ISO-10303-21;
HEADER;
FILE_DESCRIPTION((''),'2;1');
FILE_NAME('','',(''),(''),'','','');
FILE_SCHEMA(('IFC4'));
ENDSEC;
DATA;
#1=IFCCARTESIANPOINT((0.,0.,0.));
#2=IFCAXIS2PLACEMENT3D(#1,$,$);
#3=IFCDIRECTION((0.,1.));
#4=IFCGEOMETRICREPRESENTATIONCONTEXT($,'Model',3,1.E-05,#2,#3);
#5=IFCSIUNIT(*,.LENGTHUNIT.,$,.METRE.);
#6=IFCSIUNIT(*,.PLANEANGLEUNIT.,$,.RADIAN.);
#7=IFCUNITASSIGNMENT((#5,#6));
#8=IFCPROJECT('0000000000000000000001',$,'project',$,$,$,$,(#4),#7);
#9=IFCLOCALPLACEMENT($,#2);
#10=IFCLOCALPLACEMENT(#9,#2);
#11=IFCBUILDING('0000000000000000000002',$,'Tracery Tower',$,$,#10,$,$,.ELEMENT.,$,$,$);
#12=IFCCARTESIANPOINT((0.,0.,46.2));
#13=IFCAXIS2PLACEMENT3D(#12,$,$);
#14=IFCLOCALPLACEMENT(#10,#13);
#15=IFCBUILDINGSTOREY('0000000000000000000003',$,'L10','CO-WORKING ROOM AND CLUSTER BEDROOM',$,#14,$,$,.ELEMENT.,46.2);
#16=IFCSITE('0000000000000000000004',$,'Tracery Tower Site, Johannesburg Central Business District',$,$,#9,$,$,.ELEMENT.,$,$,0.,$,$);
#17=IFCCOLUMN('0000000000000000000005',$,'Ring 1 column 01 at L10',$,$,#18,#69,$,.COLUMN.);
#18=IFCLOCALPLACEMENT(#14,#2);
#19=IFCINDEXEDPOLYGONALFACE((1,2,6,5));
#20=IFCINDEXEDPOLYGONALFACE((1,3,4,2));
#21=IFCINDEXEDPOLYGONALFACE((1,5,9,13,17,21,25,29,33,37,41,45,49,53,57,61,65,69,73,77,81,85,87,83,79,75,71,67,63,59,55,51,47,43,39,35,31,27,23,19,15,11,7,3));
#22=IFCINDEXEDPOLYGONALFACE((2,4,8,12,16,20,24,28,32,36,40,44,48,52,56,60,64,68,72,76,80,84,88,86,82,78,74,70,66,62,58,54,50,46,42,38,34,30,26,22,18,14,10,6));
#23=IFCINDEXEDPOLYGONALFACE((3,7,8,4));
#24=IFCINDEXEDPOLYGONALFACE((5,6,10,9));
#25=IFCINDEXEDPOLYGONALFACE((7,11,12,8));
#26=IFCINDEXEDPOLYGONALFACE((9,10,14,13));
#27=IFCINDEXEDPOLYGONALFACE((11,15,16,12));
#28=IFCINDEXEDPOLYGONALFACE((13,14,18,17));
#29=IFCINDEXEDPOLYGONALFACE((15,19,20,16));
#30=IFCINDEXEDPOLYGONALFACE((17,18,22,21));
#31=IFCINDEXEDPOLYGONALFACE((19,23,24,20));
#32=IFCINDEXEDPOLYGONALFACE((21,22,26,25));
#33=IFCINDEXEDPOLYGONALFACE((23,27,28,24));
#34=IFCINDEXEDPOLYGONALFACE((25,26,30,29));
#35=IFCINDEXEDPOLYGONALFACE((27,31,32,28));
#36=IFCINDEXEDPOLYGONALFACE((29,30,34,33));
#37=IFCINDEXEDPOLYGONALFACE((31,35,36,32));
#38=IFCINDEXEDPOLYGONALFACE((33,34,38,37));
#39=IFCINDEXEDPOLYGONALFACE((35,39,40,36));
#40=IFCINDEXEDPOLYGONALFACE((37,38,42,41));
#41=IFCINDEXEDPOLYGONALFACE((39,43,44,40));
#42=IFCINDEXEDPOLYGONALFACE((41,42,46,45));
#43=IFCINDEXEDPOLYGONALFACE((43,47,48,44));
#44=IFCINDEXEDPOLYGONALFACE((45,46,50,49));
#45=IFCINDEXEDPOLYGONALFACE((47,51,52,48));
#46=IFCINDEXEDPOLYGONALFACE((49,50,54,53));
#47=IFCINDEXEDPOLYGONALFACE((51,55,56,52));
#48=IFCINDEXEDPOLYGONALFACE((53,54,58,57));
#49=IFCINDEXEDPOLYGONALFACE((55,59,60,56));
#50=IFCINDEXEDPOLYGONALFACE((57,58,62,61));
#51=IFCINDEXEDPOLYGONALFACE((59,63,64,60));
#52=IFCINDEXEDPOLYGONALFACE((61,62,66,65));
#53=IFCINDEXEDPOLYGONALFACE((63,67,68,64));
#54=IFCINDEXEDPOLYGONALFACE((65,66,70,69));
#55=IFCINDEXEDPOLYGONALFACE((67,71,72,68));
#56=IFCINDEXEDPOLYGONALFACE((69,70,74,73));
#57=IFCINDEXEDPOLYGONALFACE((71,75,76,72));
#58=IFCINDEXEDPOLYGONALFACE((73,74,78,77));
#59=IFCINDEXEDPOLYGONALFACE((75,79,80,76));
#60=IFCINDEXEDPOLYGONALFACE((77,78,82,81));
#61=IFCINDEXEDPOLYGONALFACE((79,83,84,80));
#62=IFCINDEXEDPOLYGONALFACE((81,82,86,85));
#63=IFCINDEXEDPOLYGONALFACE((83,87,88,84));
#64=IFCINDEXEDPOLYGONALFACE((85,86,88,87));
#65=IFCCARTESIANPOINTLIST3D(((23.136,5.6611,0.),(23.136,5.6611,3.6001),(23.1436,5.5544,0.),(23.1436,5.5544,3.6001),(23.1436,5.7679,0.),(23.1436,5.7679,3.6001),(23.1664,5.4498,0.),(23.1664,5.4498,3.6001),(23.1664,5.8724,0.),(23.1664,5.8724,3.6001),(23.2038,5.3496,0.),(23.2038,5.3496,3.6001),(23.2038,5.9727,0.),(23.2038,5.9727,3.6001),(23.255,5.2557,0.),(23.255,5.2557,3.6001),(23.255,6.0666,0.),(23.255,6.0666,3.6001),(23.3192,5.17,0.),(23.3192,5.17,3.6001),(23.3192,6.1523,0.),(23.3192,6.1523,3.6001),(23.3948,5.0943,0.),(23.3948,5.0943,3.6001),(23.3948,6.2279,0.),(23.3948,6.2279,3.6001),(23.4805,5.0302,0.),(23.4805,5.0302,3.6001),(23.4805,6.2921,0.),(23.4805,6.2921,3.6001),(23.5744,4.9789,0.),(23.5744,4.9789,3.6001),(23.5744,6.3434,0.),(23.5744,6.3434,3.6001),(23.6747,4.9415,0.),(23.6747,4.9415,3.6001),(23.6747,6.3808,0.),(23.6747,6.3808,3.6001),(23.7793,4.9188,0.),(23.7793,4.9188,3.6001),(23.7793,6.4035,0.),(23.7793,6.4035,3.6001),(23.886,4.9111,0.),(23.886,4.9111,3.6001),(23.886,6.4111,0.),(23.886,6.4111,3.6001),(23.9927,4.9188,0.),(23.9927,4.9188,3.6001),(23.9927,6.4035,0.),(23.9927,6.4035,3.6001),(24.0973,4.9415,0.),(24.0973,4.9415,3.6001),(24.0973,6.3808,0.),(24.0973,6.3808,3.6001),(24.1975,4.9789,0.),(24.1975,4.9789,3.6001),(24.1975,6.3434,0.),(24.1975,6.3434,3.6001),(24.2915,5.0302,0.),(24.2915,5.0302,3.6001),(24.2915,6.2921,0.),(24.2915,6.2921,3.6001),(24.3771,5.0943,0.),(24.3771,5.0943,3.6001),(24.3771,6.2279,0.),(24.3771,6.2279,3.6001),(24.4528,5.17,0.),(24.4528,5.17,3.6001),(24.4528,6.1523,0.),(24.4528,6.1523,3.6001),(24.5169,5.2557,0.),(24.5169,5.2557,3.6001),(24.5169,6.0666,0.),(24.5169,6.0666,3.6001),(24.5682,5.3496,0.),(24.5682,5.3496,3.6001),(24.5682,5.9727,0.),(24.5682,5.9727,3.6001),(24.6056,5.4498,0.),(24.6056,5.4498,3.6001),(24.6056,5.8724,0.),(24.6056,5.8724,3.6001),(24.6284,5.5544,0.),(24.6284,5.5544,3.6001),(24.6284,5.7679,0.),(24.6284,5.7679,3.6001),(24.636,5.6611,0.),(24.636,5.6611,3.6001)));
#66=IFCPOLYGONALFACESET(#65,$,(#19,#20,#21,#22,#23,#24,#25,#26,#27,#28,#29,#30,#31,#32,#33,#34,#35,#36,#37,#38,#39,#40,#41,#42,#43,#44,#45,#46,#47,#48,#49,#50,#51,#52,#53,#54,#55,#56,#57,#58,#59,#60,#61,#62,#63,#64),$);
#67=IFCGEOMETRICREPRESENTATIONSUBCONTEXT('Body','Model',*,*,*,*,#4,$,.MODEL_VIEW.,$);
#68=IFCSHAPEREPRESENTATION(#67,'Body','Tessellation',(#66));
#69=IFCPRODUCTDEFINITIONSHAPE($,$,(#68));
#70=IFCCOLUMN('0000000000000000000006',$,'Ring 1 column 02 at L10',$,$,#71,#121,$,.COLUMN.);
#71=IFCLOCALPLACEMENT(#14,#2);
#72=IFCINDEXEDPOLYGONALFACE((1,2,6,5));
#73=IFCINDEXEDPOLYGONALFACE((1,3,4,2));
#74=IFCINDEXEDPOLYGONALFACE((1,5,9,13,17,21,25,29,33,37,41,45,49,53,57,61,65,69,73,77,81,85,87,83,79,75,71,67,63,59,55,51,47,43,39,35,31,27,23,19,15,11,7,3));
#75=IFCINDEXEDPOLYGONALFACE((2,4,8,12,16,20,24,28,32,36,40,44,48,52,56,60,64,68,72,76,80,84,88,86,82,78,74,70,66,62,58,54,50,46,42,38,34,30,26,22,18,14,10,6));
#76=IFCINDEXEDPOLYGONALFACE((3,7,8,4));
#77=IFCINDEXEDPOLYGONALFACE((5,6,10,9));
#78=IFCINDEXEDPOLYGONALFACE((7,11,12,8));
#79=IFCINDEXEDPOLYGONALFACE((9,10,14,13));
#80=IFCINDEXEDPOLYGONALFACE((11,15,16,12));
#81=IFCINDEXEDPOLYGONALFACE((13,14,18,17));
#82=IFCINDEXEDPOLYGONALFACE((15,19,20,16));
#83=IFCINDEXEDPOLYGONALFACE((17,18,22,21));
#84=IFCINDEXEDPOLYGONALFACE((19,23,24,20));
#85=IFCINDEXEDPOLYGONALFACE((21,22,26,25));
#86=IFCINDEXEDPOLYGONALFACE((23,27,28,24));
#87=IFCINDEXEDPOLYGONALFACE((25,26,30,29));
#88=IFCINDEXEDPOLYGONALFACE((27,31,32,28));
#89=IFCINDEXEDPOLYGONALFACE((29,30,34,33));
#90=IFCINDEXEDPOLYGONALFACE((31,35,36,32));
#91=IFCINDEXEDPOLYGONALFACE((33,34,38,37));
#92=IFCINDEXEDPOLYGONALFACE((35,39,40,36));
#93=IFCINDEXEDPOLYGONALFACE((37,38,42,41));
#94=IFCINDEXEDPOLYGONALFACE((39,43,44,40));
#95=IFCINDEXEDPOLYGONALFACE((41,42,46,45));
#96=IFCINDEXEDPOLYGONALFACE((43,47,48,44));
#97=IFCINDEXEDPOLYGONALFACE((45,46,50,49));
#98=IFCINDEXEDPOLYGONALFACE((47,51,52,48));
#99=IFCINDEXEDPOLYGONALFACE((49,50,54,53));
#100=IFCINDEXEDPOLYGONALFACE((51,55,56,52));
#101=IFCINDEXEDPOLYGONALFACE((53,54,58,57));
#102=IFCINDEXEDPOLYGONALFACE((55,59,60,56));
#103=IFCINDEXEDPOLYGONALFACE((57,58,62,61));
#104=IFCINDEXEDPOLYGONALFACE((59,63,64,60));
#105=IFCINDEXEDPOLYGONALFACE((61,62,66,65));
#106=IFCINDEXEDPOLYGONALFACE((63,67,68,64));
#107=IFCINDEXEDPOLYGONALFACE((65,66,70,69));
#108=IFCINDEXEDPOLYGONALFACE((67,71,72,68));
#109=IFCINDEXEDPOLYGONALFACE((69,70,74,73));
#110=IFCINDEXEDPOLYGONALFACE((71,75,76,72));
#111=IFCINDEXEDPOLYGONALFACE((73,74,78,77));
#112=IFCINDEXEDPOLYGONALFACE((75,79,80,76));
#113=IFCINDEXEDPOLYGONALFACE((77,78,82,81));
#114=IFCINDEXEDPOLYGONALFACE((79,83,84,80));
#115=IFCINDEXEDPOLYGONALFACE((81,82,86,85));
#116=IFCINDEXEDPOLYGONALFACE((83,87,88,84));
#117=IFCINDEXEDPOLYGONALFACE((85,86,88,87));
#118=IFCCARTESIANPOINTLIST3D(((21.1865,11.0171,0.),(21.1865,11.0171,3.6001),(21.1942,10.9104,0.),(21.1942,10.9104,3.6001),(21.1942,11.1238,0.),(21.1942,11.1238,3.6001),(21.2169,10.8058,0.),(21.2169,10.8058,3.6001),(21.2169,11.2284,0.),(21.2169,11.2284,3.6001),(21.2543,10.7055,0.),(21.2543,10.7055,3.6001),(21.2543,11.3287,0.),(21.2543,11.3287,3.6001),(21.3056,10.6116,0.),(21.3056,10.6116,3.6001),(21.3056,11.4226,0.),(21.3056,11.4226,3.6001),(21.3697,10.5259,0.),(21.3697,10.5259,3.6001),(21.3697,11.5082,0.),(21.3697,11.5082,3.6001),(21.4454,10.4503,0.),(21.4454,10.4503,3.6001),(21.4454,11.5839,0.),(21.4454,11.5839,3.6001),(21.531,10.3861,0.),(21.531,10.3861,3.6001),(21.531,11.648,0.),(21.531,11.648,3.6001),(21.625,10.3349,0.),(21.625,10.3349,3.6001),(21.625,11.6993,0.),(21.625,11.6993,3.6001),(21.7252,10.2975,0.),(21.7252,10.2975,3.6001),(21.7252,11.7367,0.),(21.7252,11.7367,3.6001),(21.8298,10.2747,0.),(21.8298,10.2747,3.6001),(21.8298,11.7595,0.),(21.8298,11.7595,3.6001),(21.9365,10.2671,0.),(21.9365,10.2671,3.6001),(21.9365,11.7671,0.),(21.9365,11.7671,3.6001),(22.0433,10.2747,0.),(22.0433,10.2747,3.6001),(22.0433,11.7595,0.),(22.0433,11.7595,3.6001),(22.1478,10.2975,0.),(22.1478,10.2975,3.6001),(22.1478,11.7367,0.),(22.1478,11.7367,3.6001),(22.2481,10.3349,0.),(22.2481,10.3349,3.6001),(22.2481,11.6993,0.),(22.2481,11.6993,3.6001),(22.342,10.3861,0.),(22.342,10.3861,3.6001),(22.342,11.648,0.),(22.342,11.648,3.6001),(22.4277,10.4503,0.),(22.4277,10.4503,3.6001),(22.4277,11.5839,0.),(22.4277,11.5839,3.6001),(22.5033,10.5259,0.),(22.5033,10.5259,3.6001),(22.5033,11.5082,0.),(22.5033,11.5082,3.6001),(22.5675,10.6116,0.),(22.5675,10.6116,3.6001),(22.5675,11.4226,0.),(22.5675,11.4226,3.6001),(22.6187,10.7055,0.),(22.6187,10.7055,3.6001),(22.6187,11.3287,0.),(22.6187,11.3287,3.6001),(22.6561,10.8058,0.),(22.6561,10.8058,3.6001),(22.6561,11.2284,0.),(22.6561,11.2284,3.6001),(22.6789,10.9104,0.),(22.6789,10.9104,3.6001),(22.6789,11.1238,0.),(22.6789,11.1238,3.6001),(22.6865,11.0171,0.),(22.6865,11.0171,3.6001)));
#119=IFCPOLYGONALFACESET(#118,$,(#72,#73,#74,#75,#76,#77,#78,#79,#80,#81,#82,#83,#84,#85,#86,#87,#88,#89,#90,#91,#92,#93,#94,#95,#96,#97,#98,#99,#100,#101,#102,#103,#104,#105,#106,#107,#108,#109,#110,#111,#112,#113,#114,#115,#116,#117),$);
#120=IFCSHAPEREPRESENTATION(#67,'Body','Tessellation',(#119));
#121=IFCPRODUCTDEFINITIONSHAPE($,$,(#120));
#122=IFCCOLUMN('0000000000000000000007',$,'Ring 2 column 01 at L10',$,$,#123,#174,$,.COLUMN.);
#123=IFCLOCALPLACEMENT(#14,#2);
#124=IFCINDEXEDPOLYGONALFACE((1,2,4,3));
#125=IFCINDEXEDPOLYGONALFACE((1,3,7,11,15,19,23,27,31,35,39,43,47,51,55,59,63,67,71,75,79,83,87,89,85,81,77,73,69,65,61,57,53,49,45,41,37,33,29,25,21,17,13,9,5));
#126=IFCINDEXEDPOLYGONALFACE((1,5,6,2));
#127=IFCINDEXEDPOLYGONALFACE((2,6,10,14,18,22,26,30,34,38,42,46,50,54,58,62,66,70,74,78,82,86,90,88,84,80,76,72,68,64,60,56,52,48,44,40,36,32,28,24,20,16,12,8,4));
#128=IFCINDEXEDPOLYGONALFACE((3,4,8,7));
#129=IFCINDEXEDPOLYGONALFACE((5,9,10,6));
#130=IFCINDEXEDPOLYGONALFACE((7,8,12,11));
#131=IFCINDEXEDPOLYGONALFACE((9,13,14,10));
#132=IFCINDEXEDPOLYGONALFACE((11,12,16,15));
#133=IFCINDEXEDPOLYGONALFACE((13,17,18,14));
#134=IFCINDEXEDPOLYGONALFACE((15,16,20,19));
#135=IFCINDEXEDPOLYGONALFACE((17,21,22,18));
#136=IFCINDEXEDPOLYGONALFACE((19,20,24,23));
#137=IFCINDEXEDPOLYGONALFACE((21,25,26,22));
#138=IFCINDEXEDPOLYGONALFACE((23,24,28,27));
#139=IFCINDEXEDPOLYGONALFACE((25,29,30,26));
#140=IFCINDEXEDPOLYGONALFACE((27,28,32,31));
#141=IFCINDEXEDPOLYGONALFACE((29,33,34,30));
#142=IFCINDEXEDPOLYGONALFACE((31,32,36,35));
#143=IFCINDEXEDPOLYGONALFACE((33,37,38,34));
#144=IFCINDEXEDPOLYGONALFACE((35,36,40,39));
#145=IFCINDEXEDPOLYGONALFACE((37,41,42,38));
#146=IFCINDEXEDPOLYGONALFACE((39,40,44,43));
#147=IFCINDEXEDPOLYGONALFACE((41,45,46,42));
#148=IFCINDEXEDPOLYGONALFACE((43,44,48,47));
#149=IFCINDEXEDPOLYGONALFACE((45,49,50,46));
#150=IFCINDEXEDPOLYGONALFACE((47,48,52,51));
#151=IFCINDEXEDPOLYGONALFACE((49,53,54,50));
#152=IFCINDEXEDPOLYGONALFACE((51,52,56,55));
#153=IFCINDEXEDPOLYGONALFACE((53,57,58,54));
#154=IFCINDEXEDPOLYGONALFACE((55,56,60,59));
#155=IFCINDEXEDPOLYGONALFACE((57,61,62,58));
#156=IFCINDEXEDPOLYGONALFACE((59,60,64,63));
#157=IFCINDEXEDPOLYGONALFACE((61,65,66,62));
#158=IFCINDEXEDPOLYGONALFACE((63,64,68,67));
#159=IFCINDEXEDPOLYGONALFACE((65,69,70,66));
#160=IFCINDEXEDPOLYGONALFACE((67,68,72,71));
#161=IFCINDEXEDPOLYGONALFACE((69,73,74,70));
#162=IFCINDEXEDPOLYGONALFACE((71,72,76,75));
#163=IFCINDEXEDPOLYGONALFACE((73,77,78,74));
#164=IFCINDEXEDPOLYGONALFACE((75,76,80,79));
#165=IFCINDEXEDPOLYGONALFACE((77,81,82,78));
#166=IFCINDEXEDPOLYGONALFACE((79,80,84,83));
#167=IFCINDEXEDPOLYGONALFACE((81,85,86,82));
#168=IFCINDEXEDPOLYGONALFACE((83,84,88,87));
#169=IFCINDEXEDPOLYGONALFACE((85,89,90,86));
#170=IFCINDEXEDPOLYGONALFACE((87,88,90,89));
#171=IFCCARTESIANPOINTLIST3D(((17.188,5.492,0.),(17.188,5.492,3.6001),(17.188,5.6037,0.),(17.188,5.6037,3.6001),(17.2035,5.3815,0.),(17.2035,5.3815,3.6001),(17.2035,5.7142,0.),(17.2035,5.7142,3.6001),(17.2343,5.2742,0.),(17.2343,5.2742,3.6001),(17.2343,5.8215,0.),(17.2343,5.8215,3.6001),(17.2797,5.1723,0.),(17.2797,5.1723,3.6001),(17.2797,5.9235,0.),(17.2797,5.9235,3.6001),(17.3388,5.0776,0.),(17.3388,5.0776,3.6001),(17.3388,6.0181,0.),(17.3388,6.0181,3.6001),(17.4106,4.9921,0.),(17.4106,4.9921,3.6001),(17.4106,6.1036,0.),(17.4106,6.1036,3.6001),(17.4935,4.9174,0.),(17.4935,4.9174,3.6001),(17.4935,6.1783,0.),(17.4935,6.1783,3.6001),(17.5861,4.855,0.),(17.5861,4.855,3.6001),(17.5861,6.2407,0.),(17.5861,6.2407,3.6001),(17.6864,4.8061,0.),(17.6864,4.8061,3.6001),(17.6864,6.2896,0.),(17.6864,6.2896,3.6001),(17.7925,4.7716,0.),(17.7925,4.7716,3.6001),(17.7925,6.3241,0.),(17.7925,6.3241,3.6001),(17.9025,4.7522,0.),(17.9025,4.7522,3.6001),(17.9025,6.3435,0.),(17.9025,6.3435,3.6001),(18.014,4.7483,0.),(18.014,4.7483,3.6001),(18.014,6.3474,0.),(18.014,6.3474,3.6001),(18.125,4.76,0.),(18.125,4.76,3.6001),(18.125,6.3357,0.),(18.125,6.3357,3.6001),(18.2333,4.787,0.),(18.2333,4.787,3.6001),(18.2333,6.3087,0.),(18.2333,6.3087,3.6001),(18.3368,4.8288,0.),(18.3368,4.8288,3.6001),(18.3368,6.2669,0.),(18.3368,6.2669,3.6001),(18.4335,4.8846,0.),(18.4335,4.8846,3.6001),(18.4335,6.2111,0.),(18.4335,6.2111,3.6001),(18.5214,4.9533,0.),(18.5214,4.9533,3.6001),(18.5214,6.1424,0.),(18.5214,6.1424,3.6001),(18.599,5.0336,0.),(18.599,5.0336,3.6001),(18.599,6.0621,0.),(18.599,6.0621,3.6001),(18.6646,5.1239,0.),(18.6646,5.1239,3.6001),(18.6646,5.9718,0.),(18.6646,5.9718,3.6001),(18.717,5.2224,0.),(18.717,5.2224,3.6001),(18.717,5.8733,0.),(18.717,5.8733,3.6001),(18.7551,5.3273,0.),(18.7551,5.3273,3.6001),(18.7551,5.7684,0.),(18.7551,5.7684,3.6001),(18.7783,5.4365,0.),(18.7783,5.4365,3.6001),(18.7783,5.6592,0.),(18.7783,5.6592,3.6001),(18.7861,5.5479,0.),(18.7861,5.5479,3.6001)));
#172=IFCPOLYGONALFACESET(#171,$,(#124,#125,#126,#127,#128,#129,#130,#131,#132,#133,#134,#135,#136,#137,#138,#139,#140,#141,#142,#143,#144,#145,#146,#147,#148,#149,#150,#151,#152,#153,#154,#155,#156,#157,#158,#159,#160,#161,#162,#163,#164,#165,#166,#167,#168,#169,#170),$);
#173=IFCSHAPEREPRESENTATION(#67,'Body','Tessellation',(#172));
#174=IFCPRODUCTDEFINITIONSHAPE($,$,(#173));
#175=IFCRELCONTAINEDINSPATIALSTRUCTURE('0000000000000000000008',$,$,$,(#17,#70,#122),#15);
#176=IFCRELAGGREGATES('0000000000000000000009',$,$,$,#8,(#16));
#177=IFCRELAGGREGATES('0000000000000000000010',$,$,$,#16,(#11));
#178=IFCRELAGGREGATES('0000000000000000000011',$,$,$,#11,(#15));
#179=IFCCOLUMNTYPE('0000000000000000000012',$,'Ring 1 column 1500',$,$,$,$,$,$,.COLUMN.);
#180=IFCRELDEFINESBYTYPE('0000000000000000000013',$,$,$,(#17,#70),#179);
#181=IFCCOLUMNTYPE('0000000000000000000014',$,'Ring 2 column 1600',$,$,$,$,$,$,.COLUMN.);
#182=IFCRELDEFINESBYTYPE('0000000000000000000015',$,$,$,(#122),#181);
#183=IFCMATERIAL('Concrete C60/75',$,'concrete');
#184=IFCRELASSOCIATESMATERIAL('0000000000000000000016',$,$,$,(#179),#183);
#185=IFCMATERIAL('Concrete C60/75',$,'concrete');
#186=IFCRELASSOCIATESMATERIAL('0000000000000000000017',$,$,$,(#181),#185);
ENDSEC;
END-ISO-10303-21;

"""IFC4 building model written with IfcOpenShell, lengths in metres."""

from ifc_helpers import new_model, si_unit, direction, frame, origin, origin_2d, place, context, subcontext, project, spatial, circle, extrude, material, material_profile, profile_set, type_object, element, save


model = new_model("IFC4")

# Units and contexts
model_context = context("Model", 3, precision=1e-05, world=origin(), true_north=direction((0.0, 1.0)))
body_context = subcontext(model_context, "Body", "Model", "MODEL_VIEW")
ifc_project = project(units=[si_unit("LENGTHUNIT", "METRE"), si_unit("PLANEANGLEUNIT", "RADIAN")], contexts=[model_context])

# Site, building, storey
site_placement = place(None, origin())
site = spatial("IfcSite", under=ifc_project, at=site_placement, Name="Tracery Tower Site, Johannesburg Central Business District", CompositionType="ELEMENT", RefElevation=0.0)
building_placement = place(site_placement, origin())
building = spatial("IfcBuilding", under=site, at=building_placement, Name="Tracery Tower", CompositionType="ELEMENT")
storey_placement = place(building_placement, frame((0.0, 0.0, 46.2)))
storey = spatial("IfcBuildingStorey", under=building, at=storey_placement, Name="L10", Description="CO-WORKING ROOM AND CLUSTER BEDROOM", CompositionType="ELEMENT", Elevation=46.2)

# Columns
ifc_material_1 = material(Name="Concrete C60/75", Category="concrete")
ifc_material_profile_1 = material_profile(ifc_material_1, circle(Radius=0.75, at=origin_2d()), Name="RC D1500")
ifc_profile_set_1 = profile_set([ifc_material_profile_1], Name="Concrete C60/75")
column_type_1 = type_object("IfcColumnType", Name="Ring 1 column 1500", PredefinedType="COLUMN", material=ifc_profile_set_1)
for number, where, z_axis, x_axis, name in (
    (1, (23.886, 5.6611, 0.0), (0.0, 0.0, 1.0), (1.0, 0.0, 0.0), "Ring 1 column 01 at L10"),
    (2, (21.9365, 11.0171, 0.0), (0.0, 0.0, 1.0), (1.0, 0.0, 0.0), "Ring 1 column 02 at L10"),
):
    element("IfcColumn", number, at=place(storey_placement, frame(where, z_axis=z_axis, x_axis=x_axis)), inside=storey, type_object=column_type_1, Name=name, PredefinedType="COLUMN", context=body_context, shape_type="SweptSolid", body=[
        extrude(circle(Radius=0.75, at=origin_2d()), origin(), (0.0, 0.0, 1.0), 3.6001),
    ])
ifc_material_2 = material(Name="Concrete C60/75", Category="concrete")
ifc_material_profile_2 = material_profile(ifc_material_2, circle(Radius=0.8, at=origin_2d()), Name="RC D1600")
ifc_profile_set_2 = profile_set([ifc_material_profile_2], Name="Concrete C60/75")
column_type_2 = type_object("IfcColumnType", Name="Ring 2 column 1600", PredefinedType="COLUMN", material=ifc_profile_set_2)
column_placement = place(storey_placement, frame((17.9861, 5.5479, 0.0), z_axis=(0.0, 0.0, 1.0), x_axis=(1.0, 0.0, 0.0)))
element("IfcColumn", 3, at=column_placement, inside=storey, type_object=column_type_2, Name="Ring 2 column 01 at L10", PredefinedType="COLUMN", context=body_context, shape_type="SweptSolid", body=[
    extrude(circle(Radius=0.8, at=origin_2d()), origin(), (0.0, 0.0, 1.0), 3.6001),
])

save(model, "model.ifc")
